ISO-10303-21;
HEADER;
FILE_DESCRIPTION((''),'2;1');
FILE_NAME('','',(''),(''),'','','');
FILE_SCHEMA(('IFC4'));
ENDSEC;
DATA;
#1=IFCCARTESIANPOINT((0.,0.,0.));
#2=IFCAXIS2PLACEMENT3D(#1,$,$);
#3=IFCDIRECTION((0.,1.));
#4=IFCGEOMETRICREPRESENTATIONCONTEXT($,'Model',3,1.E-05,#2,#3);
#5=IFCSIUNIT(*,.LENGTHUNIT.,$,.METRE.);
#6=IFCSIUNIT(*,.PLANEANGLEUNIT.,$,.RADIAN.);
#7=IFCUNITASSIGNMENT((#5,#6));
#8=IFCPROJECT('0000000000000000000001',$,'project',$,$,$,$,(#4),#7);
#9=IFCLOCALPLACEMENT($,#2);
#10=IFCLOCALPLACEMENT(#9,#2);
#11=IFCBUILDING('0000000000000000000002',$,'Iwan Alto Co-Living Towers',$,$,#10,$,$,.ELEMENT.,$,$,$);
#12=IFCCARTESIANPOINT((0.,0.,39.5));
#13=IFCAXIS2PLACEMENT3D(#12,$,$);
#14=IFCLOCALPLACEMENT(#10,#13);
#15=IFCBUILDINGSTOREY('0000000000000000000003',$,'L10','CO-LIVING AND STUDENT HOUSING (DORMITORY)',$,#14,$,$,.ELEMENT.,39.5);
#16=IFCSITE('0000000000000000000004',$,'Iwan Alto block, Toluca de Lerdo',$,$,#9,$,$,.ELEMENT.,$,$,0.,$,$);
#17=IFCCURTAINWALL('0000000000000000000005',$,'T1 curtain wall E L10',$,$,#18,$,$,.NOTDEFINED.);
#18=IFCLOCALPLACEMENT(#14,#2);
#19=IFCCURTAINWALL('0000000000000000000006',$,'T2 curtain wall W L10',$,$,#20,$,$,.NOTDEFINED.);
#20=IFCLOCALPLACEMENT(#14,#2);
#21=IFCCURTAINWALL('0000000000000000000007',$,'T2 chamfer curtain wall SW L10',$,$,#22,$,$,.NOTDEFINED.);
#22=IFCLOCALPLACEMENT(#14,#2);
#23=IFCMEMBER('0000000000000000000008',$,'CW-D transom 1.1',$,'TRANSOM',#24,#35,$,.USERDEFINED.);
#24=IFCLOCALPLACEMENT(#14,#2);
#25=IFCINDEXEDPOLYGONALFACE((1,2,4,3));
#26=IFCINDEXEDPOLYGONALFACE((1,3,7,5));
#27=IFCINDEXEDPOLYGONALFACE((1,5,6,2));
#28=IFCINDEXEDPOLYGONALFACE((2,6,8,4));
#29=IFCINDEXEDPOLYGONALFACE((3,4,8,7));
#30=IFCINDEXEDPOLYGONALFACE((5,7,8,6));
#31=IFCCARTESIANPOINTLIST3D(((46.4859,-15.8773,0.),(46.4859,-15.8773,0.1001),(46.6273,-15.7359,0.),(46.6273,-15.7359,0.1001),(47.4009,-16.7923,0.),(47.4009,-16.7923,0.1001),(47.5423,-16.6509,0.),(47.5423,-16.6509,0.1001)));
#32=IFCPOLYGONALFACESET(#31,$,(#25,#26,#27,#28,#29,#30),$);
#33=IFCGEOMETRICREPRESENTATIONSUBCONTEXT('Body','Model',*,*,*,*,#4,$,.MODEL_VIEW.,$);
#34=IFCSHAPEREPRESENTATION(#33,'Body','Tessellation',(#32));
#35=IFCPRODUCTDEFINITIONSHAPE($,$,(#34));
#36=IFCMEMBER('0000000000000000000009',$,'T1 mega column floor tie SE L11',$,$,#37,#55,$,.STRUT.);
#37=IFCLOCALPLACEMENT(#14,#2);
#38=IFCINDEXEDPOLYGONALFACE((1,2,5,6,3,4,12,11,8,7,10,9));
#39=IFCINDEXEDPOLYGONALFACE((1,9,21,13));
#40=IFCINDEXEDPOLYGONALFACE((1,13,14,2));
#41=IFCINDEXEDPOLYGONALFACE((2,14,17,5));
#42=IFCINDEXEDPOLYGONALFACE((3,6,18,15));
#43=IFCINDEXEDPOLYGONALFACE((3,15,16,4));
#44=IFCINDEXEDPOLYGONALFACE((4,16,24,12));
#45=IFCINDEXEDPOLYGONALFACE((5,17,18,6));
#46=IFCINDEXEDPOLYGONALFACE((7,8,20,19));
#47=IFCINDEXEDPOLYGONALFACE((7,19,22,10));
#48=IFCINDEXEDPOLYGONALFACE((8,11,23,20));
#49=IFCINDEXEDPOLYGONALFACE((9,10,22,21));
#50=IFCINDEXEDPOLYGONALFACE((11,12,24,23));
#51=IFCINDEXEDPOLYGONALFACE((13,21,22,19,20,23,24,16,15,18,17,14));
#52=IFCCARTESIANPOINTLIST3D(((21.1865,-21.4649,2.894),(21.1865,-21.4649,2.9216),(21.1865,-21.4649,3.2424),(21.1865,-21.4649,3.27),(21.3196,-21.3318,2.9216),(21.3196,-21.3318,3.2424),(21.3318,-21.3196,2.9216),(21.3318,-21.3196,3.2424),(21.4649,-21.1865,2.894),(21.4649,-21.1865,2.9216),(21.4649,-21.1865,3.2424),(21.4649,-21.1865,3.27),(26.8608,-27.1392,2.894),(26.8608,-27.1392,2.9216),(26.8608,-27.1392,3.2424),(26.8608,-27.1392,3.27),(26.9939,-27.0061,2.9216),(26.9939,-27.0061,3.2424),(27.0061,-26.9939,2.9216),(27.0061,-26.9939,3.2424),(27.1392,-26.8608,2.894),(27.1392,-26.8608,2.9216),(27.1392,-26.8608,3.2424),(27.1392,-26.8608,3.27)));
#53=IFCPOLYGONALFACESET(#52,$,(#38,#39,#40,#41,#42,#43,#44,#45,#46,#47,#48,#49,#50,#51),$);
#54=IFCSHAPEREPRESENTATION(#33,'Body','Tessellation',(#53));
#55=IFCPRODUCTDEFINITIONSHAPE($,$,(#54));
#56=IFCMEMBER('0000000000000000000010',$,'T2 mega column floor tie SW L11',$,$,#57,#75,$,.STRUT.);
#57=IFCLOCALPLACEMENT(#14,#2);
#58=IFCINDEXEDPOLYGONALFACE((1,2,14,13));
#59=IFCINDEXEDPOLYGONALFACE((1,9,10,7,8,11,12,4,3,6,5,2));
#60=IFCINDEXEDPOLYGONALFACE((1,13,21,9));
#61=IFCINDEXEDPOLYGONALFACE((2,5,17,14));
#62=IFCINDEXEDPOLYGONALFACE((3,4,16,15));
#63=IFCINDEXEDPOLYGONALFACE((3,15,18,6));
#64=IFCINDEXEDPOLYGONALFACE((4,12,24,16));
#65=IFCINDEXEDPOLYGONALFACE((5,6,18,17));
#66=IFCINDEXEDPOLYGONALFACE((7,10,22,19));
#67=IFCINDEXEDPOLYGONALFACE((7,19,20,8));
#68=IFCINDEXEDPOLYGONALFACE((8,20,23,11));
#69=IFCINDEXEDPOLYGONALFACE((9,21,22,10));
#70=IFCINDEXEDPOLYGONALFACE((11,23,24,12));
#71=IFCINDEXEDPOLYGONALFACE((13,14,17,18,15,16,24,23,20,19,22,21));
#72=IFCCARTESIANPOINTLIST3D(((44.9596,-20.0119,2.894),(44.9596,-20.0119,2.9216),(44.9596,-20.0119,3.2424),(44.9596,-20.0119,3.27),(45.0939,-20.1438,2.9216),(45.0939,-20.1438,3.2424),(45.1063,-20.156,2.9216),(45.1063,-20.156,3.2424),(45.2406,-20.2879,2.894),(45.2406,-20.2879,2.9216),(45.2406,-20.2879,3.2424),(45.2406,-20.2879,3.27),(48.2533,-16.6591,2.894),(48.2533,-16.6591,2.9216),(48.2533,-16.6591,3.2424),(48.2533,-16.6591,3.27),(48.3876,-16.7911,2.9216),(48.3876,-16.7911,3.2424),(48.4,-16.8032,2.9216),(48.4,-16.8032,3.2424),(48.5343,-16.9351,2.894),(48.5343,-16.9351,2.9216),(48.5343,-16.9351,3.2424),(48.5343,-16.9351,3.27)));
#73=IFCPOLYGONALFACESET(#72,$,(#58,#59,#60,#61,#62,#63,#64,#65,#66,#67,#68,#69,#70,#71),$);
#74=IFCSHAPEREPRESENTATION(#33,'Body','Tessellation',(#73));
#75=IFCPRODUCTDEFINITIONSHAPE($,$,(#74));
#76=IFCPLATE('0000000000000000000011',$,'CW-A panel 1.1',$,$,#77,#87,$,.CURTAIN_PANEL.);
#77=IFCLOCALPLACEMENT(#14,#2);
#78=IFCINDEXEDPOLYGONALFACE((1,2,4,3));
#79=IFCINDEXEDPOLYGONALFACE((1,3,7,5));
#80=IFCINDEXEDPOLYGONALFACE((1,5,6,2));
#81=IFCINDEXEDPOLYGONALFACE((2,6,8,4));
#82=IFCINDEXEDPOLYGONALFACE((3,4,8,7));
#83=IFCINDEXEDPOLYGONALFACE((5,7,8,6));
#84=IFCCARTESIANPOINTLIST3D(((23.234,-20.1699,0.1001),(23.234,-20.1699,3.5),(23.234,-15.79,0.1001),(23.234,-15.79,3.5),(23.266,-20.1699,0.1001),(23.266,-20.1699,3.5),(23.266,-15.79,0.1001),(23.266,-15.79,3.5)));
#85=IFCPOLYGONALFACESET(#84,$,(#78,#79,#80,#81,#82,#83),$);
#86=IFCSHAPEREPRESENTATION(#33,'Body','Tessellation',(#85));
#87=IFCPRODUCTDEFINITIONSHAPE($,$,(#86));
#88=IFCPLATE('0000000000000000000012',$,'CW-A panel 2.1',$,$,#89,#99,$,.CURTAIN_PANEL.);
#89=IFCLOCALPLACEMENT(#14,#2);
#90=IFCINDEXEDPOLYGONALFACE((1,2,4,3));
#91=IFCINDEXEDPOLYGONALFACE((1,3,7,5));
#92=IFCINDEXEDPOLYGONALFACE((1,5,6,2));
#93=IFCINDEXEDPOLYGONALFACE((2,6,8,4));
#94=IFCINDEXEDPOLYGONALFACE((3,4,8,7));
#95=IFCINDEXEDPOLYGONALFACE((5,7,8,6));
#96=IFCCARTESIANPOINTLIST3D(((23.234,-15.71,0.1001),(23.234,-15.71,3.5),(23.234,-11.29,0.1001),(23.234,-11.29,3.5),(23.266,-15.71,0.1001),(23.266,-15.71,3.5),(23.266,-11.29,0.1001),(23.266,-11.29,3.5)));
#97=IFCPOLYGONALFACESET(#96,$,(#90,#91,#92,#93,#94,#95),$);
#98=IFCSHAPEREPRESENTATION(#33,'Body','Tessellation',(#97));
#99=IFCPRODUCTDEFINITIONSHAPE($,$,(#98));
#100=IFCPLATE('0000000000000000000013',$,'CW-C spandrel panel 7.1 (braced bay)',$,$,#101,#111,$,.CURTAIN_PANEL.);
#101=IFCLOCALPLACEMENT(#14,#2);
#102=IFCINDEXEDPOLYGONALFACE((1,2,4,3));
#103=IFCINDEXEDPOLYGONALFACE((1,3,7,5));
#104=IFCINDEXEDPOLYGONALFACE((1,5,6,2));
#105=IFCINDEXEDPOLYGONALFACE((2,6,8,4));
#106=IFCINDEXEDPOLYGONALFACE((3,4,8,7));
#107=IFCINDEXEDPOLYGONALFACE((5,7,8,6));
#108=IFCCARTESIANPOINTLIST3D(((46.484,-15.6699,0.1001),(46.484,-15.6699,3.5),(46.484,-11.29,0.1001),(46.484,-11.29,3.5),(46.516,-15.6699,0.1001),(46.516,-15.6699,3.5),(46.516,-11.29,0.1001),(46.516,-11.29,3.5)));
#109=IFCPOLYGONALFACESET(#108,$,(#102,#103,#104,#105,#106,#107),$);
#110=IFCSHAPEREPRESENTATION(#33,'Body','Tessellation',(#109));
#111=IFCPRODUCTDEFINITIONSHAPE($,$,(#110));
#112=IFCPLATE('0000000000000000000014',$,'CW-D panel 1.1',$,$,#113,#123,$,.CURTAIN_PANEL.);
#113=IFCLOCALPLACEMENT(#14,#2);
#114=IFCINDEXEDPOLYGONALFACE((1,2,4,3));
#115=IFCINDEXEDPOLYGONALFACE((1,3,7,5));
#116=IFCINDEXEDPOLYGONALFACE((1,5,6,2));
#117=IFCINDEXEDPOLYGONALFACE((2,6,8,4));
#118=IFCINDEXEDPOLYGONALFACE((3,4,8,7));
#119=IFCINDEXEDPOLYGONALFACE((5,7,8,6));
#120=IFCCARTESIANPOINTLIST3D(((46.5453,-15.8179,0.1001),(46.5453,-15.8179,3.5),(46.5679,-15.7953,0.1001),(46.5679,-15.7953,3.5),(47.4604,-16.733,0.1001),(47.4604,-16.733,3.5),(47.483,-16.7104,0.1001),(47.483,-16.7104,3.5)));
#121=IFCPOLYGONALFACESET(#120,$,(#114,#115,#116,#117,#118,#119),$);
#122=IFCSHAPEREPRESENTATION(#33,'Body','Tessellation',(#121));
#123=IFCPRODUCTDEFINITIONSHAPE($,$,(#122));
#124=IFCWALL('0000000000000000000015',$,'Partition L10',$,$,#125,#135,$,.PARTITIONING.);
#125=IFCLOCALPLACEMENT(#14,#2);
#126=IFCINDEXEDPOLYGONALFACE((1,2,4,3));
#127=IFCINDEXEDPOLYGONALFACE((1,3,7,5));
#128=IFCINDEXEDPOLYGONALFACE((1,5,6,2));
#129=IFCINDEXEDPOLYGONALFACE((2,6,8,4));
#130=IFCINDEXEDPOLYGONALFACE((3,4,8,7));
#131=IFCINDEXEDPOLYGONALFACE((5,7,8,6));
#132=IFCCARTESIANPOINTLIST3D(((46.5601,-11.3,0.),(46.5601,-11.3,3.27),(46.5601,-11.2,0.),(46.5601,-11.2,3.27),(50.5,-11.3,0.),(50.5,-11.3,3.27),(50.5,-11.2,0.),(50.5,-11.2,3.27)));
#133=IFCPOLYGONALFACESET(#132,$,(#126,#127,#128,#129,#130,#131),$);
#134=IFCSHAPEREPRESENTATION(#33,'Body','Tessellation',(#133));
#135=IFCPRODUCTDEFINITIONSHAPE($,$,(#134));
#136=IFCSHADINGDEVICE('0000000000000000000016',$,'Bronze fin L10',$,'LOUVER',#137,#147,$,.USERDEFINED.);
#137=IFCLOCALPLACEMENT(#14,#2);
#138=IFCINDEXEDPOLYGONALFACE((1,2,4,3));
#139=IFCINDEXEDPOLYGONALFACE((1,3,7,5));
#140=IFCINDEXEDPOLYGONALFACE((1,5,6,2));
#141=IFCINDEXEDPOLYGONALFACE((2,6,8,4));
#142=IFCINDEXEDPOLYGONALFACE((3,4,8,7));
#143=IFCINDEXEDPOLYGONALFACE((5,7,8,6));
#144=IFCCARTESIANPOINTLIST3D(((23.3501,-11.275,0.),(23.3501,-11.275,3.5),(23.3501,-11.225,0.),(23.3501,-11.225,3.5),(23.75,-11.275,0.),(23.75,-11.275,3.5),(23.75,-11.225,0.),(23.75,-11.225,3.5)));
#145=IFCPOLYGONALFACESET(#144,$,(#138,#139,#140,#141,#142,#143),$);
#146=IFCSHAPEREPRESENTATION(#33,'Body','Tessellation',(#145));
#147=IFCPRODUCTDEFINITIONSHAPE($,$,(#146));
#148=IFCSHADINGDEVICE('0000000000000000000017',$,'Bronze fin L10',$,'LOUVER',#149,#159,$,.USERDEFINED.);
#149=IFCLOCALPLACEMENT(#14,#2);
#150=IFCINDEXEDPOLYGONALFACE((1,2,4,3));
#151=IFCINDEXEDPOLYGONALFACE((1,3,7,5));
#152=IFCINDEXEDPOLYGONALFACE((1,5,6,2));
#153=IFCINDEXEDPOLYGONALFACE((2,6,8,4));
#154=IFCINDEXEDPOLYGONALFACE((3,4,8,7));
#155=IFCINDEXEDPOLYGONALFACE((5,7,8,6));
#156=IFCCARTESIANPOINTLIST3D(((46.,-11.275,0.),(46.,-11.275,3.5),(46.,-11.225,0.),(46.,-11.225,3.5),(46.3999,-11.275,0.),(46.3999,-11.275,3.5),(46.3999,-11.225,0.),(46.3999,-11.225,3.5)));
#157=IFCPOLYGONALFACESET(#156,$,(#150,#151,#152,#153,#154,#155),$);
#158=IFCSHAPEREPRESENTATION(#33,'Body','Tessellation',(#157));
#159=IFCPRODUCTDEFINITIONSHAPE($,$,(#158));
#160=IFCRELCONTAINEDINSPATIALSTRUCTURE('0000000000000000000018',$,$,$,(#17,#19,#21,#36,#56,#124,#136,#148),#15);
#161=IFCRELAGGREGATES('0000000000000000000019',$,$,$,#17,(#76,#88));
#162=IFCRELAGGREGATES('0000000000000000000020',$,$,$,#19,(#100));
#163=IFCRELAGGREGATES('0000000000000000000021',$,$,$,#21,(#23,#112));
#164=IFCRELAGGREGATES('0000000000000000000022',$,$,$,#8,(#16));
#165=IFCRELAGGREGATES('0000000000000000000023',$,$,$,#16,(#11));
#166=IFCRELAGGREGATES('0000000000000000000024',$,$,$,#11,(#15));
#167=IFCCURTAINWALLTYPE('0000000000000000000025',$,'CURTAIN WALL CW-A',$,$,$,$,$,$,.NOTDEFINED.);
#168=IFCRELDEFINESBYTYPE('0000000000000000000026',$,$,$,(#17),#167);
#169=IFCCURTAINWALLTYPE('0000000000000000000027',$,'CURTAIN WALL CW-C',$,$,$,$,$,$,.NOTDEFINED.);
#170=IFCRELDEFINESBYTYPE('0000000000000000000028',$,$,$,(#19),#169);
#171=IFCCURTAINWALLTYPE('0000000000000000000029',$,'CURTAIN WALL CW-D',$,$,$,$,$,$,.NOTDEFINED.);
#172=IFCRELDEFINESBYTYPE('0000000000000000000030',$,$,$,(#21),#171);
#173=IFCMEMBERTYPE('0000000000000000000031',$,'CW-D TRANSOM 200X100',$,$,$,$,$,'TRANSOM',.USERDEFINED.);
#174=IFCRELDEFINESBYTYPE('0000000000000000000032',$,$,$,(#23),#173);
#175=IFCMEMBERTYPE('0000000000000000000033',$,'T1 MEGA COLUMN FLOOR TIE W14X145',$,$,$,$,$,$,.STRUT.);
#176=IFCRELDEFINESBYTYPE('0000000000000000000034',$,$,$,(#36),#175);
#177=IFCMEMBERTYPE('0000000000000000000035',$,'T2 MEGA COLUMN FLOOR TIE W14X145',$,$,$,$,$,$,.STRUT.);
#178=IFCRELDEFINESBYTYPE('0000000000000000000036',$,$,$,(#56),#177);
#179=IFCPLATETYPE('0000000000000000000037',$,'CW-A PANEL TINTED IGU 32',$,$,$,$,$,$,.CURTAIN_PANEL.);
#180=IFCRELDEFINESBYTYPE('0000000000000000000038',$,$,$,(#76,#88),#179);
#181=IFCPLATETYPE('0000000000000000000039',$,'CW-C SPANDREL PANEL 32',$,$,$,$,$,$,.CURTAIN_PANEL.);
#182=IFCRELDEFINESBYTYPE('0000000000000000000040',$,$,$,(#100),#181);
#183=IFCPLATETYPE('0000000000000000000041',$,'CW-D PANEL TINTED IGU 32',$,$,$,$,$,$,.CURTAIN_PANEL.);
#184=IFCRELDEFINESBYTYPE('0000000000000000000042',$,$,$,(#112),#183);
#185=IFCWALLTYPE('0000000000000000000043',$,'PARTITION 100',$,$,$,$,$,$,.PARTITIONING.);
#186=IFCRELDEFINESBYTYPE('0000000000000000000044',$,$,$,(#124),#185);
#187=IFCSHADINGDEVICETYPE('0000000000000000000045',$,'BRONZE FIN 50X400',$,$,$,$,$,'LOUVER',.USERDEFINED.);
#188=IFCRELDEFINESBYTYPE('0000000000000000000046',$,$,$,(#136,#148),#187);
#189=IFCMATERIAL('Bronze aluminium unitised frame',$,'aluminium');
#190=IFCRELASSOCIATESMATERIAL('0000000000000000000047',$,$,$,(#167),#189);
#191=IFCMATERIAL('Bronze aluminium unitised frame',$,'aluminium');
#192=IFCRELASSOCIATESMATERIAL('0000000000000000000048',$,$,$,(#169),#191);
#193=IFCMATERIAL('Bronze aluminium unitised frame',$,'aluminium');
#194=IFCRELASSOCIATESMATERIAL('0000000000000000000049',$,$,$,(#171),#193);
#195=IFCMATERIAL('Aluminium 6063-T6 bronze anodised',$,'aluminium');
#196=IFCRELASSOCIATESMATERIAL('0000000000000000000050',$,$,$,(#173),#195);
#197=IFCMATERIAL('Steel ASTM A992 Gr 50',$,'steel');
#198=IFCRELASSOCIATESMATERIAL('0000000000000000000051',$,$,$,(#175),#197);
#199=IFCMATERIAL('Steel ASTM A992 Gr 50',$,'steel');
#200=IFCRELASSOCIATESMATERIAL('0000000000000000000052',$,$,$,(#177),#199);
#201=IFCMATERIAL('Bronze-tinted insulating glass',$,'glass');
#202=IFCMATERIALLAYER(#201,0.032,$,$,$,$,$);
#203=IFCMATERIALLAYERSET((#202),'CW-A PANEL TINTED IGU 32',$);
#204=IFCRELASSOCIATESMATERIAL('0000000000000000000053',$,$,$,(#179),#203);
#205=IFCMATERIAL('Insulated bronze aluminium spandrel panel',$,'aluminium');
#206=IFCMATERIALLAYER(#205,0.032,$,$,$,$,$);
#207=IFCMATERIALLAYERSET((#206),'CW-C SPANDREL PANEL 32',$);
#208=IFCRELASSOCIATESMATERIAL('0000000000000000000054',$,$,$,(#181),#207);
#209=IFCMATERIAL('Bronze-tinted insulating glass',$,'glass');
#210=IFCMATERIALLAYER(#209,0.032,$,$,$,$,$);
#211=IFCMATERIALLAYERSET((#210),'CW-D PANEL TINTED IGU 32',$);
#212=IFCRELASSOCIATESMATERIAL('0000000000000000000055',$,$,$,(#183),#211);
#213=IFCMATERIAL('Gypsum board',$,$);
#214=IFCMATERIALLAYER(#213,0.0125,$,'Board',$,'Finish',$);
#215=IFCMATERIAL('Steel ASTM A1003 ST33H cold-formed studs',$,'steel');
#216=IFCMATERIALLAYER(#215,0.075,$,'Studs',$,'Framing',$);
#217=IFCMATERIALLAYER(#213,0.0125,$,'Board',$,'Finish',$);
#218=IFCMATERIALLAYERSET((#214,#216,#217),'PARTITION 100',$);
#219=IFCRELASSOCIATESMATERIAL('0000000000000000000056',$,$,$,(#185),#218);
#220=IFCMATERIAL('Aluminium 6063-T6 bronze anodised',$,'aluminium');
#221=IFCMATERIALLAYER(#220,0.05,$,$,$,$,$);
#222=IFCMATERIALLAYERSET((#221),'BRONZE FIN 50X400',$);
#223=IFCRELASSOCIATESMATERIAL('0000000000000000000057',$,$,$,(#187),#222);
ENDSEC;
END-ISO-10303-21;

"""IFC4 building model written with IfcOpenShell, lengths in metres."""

from ifc_helpers import new_model, si_unit, direction, frame, frame_2d, origin, origin_2d, place, context, subcontext, project, spatial, rectangle, i_section, extrude, material, layer, layer_set, material_profile, profile_set, type_object, element, aggregate, save


model = new_model("IFC4")

# Units and contexts
model_context = context("Model", 3, precision=1e-05, world=origin(), true_north=direction((0.0, 1.0)))
body_context = subcontext(model_context, "Body", "Model", "MODEL_VIEW")
ifc_project = project(units=[si_unit("LENGTHUNIT", "METRE"), si_unit("PLANEANGLEUNIT", "RADIAN")], contexts=[model_context])

# Site, building, storey
site_placement = place(None, origin())
site = spatial("IfcSite", under=ifc_project, at=site_placement, Name="Iwan Alto block, Toluca de Lerdo", CompositionType="ELEMENT", RefElevation=0.0)
building_placement = place(site_placement, origin())
building = spatial("IfcBuilding", under=site, at=building_placement, Name="Iwan Alto Co-Living Towers", CompositionType="ELEMENT")
storey_placement = place(building_placement, frame((0.0, 0.0, 39.5)))
storey = spatial("IfcBuildingStorey", under=building, at=storey_placement, Name="L10", Description="CO-LIVING AND STUDENT HOUSING (DORMITORY)", CompositionType="ELEMENT", Elevation=39.5)

# Curtain walls, member
ifc_material_1 = material(Name="Bronze aluminium unitised frame", Category="aluminium")
curtain_wall_type_1 = type_object("IfcCurtainWallType", Name="CURTAIN WALL CW-A", PredefinedType="NOTDEFINED", material=ifc_material_1)
curtain_wall_1_placement = place(storey_placement, origin())
curtain_wall_1 = element("IfcCurtainWall", 1, at=curtain_wall_1_placement, inside=storey, type_object=curtain_wall_type_1, Name="T1 curtain wall E L10", PredefinedType="NOTDEFINED")
ifc_material_2 = material(Name="Bronze aluminium unitised frame", Category="aluminium")
curtain_wall_type_2 = type_object("IfcCurtainWallType", Name="CURTAIN WALL CW-C", PredefinedType="NOTDEFINED", material=ifc_material_2)
curtain_wall_2_placement = place(storey_placement, origin())
curtain_wall_2 = element("IfcCurtainWall", 2, at=curtain_wall_2_placement, inside=storey, type_object=curtain_wall_type_2, Name="T2 curtain wall W L10", PredefinedType="NOTDEFINED")
ifc_material_3 = material(Name="Bronze aluminium unitised frame", Category="aluminium")
curtain_wall_type_3 = type_object("IfcCurtainWallType", Name="CURTAIN WALL CW-D", PredefinedType="NOTDEFINED", material=ifc_material_3)
curtain_wall_3_placement = place(storey_placement, origin())
curtain_wall_3 = element("IfcCurtainWall", 3, at=curtain_wall_3_placement, inside=storey, type_object=curtain_wall_type_3, Name="T2 chamfer curtain wall SW L10", PredefinedType="NOTDEFINED")
ifc_material_4 = material(Name="Aluminium 6063-T6 bronze anodised", Category="aluminium")
ifc_material_profile_1 = material_profile(ifc_material_4, rectangle(XDim=0.2, YDim=0.1001, at=origin_2d()), Name="AL 200X100")
ifc_profile_set_1 = profile_set([ifc_material_profile_1], Name="Aluminium 6063-T6 bronze anodised")
member_type_1 = type_object("IfcMemberType", Name="CW-D TRANSOM 200X100", ElementType="TRANSOM", PredefinedType="USERDEFINED", material=ifc_profile_set_1)
member_1_placement = place(storey_placement, frame((46.5566, -15.8066, 0.05), z_axis=(0.707107, -0.707107, 0.0), x_axis=(0.707107, 0.707107, 0.0)))
member_1 = element("IfcMember", 4, at=member_1_placement, type_object=member_type_1, Name="CW-D transom 1.1", ObjectType="TRANSOM", PredefinedType="USERDEFINED", context=body_context, shape_type="SweptSolid", body=[
    extrude(rectangle(XDim=0.2, YDim=0.1001, at=origin_2d()), origin(), (0.0, 0.0, 1.0), 1.2939),
])

# Members
ifc_material_5 = material(Name="Steel ASTM A992 Gr 50", Category="steel")
ifc_material_profile_2 = material_profile(ifc_material_5, i_section(OverallWidth=0.3938, OverallDepth=0.376, WebThickness=0.0173, FlangeThickness=0.0276, at=origin_2d()), Name="W14X145")
ifc_profile_set_2 = profile_set([ifc_material_profile_2], Name="Steel ASTM A992 Gr 50")
member_type_2 = type_object("IfcMemberType", Name="T1 MEGA COLUMN FLOOR TIE W14X145", PredefinedType="STRUT", material=ifc_profile_set_2)
member_2_placement = place(storey_placement, frame((27.0, -27.0, 3.082), z_axis=(-0.707107, 0.707107, 0.0), x_axis=(-0.707107, -0.707107, 0.0)))
element("IfcMember", 5, at=member_2_placement, inside=storey, type_object=member_type_2, Name="T1 mega column floor tie SE L11", PredefinedType="STRUT", context=body_context, shape_type="SweptSolid", body=[
    extrude(i_section(OverallWidth=0.3938, OverallDepth=0.376, WebThickness=0.0173, FlangeThickness=0.0276, at=origin_2d()), origin(), (0.0, 0.0, 1.0), 8.0247),
])
ifc_material_6 = material(Name="Steel ASTM A992 Gr 50", Category="steel")
ifc_material_profile_3 = material_profile(ifc_material_6, i_section(OverallWidth=0.3938, OverallDepth=0.376, WebThickness=0.0173, FlangeThickness=0.0276, at=origin_2d()), Name="W14X145")
ifc_profile_set_3 = profile_set([ifc_material_profile_3], Name="Steel ASTM A992 Gr 50")
member_type_3 = type_object("IfcMemberType", Name="T2 MEGA COLUMN FLOOR TIE W14X145", PredefinedType="STRUT", material=ifc_profile_set_3)
member_3_placement = place(storey_placement, frame((45.1001, -20.1499, 3.082), z_axis=(0.700793, 0.713364, 0.0), x_axis=(-0.713364, 0.700793, 0.0)))
element("IfcMember", 6, at=member_3_placement, inside=storey, type_object=member_type_3, Name="T2 mega column floor tie SW L11", PredefinedType="STRUT", context=body_context, shape_type="SweptSolid", body=[
    extrude(i_section(OverallWidth=0.3938, OverallDepth=0.376, WebThickness=0.0173, FlangeThickness=0.0276, at=origin_2d()), origin(), (0.0, 0.0, 1.0), 4.7),
])

# Plates
ifc_material_7 = material(Name="Bronze-tinted insulating glass", Category="glass")
ifc_layer_1 = layer(ifc_material_7, 0.032)
ifc_layer_set_1 = layer_set([ifc_layer_1], Name="CW-A PANEL TINTED IGU 32")
plate_type_1 = type_object("IfcPlateType", Name="CW-A PANEL TINTED IGU 32", PredefinedType="CURTAIN_PANEL", material=ifc_layer_set_1)
plate_1_placement = place(storey_placement, frame((23.25, -17.98, 0.1001), z_axis=(0.0, 0.0, 1.0), x_axis=(0.0, 1.0, 0.0)))
plate_1 = element("IfcPlate", 7, at=plate_1_placement, type_object=plate_type_1, Name="CW-A panel 1.1", PredefinedType="CURTAIN_PANEL", context=body_context, shape_type="SweptSolid", body=[
    extrude(rectangle(XDim=4.3799, YDim=0.032, at=origin_2d()), origin(), (0.0, 0.0, 1.0), 3.3999),
])
plate_2_placement = place(storey_placement, frame((23.25, -13.5, 0.1001), z_axis=(0.0, 0.0, 1.0), x_axis=(0.0, 1.0, 0.0)))
plate_2 = element("IfcPlate", 8, at=plate_2_placement, type_object=plate_type_1, Name="CW-A panel 2.1", PredefinedType="CURTAIN_PANEL", context=body_context, shape_type="SweptSolid", body=[
    extrude(rectangle(XDim=4.4199, YDim=0.032, at=origin_2d()), origin(), (0.0, 0.0, 1.0), 3.3999),
])
aggregate(curtain_wall_1, [plate_1, plate_2])
ifc_material_8 = material(Name="Insulated bronze aluminium spandrel panel", Category="aluminium")
ifc_layer_2 = layer(ifc_material_8, 0.032)
ifc_layer_set_2 = layer_set([ifc_layer_2], Name="CW-C SPANDREL PANEL 32")
plate_type_2 = type_object("IfcPlateType", Name="CW-C SPANDREL PANEL 32", PredefinedType="CURTAIN_PANEL", material=ifc_layer_set_2)
plate_3_placement = place(storey_placement, frame((46.5, -13.48, 0.1001), z_axis=(0.0, 0.0, 1.0), x_axis=(0.0, -1.0, 0.0)))
plate_3 = element("IfcPlate", 9, at=plate_3_placement, type_object=plate_type_2, Name="CW-C spandrel panel 7.1 (braced bay)", PredefinedType="CURTAIN_PANEL", context=body_context, shape_type="SweptSolid", body=[
    extrude(rectangle(XDim=4.3799, YDim=0.032, at=origin_2d()), origin(), (0.0, 0.0, 1.0), 3.3999),
])
aggregate(curtain_wall_2, [plate_3])
ifc_material_9 = material(Name="Bronze-tinted insulating glass", Category="glass")
ifc_layer_3 = layer(ifc_material_9, 0.032)
ifc_layer_set_3 = layer_set([ifc_layer_3], Name="CW-D PANEL TINTED IGU 32")
plate_type_3 = type_object("IfcPlateType", Name="CW-D PANEL TINTED IGU 32", PredefinedType="CURTAIN_PANEL", material=ifc_layer_set_3)
plate_4_placement = place(storey_placement, frame((47.0142, -16.2642, 0.1001), z_axis=(0.0, 0.0, 1.0), x_axis=(0.707107, -0.707107, 0.0)))
plate_4 = element("IfcPlate", 10, at=plate_4_placement, type_object=plate_type_3, Name="CW-D panel 1.1", PredefinedType="CURTAIN_PANEL", context=body_context, shape_type="SweptSolid", body=[
    extrude(rectangle(XDim=1.2942, YDim=0.032, at=origin_2d()), origin(), (0.0, 0.0, 1.0), 3.3999),
])
aggregate(curtain_wall_3, [member_1, plate_4])

# Wall
ifc_material_10 = material(Name="Gypsum board")
ifc_layer_4 = layer(ifc_material_10, 0.0125, Name="Board", Category="Finish")
ifc_material_11 = material(Name="Steel ASTM A1003 ST33H cold-formed studs", Category="steel")
ifc_layer_5 = layer(ifc_material_11, 0.075, Name="Studs", Category="Framing")
ifc_layer_6 = layer(ifc_material_10, 0.0125, Name="Board", Category="Finish")
ifc_layer_set_4 = layer_set([ifc_layer_4, ifc_layer_5, ifc_layer_6], Name="PARTITION 100")
wall_type = type_object("IfcWallType", Name="PARTITION 100", PredefinedType="PARTITIONING", material=ifc_layer_set_4)
wall_placement = place(storey_placement, frame((46.5601, -11.25, 0.0), z_axis=(0.0, 0.0, 1.0), x_axis=(1.0, 0.0, 0.0)))
element("IfcWall", 11, at=wall_placement, inside=storey, type_object=wall_type, Name="Partition L10", PredefinedType="PARTITIONING", context=body_context, shape_type="SweptSolid", body=[
    extrude(rectangle(XDim=3.9399, YDim=0.1001, at=frame_2d((1.97, 0.0))), origin(), (0.0, 0.0, 1.0), 3.27),
])

# Shading devices
ifc_material_12 = material(Name="Aluminium 6063-T6 bronze anodised", Category="aluminium")
ifc_layer_7 = layer(ifc_material_12, 0.05)
ifc_layer_set_5 = layer_set([ifc_layer_7], Name="BRONZE FIN 50X400")
shading_device_type = type_object("IfcShadingDeviceType", Name="BRONZE FIN 50X400", ElementType="LOUVER", PredefinedType="USERDEFINED", material=ifc_layer_set_5)
for number, where, z_axis, x_axis, name in (
    (12, (23.55, -11.25, 0.0), (0.0, 0.0, 1.0), (0.0, 1.0, 0.0), "Bronze fin L10"),
    (13, (46.2, -11.25, 0.0), (0.0, 0.0, 1.0), (0.0, -1.0, 0.0), "Bronze fin L10"),
):
    element("IfcShadingDevice", number, at=place(storey_placement, frame(where, z_axis=z_axis, x_axis=x_axis)), inside=storey, type_object=shading_device_type, Name=name, ObjectType="LOUVER", PredefinedType="USERDEFINED", context=body_context, shape_type="SweptSolid", body=[
        extrude(rectangle(XDim=0.05, YDim=0.3999, at=origin_2d()), origin(), (0.0, 0.0, 1.0), 3.5),
    ])

save(model, "model.ifc")
